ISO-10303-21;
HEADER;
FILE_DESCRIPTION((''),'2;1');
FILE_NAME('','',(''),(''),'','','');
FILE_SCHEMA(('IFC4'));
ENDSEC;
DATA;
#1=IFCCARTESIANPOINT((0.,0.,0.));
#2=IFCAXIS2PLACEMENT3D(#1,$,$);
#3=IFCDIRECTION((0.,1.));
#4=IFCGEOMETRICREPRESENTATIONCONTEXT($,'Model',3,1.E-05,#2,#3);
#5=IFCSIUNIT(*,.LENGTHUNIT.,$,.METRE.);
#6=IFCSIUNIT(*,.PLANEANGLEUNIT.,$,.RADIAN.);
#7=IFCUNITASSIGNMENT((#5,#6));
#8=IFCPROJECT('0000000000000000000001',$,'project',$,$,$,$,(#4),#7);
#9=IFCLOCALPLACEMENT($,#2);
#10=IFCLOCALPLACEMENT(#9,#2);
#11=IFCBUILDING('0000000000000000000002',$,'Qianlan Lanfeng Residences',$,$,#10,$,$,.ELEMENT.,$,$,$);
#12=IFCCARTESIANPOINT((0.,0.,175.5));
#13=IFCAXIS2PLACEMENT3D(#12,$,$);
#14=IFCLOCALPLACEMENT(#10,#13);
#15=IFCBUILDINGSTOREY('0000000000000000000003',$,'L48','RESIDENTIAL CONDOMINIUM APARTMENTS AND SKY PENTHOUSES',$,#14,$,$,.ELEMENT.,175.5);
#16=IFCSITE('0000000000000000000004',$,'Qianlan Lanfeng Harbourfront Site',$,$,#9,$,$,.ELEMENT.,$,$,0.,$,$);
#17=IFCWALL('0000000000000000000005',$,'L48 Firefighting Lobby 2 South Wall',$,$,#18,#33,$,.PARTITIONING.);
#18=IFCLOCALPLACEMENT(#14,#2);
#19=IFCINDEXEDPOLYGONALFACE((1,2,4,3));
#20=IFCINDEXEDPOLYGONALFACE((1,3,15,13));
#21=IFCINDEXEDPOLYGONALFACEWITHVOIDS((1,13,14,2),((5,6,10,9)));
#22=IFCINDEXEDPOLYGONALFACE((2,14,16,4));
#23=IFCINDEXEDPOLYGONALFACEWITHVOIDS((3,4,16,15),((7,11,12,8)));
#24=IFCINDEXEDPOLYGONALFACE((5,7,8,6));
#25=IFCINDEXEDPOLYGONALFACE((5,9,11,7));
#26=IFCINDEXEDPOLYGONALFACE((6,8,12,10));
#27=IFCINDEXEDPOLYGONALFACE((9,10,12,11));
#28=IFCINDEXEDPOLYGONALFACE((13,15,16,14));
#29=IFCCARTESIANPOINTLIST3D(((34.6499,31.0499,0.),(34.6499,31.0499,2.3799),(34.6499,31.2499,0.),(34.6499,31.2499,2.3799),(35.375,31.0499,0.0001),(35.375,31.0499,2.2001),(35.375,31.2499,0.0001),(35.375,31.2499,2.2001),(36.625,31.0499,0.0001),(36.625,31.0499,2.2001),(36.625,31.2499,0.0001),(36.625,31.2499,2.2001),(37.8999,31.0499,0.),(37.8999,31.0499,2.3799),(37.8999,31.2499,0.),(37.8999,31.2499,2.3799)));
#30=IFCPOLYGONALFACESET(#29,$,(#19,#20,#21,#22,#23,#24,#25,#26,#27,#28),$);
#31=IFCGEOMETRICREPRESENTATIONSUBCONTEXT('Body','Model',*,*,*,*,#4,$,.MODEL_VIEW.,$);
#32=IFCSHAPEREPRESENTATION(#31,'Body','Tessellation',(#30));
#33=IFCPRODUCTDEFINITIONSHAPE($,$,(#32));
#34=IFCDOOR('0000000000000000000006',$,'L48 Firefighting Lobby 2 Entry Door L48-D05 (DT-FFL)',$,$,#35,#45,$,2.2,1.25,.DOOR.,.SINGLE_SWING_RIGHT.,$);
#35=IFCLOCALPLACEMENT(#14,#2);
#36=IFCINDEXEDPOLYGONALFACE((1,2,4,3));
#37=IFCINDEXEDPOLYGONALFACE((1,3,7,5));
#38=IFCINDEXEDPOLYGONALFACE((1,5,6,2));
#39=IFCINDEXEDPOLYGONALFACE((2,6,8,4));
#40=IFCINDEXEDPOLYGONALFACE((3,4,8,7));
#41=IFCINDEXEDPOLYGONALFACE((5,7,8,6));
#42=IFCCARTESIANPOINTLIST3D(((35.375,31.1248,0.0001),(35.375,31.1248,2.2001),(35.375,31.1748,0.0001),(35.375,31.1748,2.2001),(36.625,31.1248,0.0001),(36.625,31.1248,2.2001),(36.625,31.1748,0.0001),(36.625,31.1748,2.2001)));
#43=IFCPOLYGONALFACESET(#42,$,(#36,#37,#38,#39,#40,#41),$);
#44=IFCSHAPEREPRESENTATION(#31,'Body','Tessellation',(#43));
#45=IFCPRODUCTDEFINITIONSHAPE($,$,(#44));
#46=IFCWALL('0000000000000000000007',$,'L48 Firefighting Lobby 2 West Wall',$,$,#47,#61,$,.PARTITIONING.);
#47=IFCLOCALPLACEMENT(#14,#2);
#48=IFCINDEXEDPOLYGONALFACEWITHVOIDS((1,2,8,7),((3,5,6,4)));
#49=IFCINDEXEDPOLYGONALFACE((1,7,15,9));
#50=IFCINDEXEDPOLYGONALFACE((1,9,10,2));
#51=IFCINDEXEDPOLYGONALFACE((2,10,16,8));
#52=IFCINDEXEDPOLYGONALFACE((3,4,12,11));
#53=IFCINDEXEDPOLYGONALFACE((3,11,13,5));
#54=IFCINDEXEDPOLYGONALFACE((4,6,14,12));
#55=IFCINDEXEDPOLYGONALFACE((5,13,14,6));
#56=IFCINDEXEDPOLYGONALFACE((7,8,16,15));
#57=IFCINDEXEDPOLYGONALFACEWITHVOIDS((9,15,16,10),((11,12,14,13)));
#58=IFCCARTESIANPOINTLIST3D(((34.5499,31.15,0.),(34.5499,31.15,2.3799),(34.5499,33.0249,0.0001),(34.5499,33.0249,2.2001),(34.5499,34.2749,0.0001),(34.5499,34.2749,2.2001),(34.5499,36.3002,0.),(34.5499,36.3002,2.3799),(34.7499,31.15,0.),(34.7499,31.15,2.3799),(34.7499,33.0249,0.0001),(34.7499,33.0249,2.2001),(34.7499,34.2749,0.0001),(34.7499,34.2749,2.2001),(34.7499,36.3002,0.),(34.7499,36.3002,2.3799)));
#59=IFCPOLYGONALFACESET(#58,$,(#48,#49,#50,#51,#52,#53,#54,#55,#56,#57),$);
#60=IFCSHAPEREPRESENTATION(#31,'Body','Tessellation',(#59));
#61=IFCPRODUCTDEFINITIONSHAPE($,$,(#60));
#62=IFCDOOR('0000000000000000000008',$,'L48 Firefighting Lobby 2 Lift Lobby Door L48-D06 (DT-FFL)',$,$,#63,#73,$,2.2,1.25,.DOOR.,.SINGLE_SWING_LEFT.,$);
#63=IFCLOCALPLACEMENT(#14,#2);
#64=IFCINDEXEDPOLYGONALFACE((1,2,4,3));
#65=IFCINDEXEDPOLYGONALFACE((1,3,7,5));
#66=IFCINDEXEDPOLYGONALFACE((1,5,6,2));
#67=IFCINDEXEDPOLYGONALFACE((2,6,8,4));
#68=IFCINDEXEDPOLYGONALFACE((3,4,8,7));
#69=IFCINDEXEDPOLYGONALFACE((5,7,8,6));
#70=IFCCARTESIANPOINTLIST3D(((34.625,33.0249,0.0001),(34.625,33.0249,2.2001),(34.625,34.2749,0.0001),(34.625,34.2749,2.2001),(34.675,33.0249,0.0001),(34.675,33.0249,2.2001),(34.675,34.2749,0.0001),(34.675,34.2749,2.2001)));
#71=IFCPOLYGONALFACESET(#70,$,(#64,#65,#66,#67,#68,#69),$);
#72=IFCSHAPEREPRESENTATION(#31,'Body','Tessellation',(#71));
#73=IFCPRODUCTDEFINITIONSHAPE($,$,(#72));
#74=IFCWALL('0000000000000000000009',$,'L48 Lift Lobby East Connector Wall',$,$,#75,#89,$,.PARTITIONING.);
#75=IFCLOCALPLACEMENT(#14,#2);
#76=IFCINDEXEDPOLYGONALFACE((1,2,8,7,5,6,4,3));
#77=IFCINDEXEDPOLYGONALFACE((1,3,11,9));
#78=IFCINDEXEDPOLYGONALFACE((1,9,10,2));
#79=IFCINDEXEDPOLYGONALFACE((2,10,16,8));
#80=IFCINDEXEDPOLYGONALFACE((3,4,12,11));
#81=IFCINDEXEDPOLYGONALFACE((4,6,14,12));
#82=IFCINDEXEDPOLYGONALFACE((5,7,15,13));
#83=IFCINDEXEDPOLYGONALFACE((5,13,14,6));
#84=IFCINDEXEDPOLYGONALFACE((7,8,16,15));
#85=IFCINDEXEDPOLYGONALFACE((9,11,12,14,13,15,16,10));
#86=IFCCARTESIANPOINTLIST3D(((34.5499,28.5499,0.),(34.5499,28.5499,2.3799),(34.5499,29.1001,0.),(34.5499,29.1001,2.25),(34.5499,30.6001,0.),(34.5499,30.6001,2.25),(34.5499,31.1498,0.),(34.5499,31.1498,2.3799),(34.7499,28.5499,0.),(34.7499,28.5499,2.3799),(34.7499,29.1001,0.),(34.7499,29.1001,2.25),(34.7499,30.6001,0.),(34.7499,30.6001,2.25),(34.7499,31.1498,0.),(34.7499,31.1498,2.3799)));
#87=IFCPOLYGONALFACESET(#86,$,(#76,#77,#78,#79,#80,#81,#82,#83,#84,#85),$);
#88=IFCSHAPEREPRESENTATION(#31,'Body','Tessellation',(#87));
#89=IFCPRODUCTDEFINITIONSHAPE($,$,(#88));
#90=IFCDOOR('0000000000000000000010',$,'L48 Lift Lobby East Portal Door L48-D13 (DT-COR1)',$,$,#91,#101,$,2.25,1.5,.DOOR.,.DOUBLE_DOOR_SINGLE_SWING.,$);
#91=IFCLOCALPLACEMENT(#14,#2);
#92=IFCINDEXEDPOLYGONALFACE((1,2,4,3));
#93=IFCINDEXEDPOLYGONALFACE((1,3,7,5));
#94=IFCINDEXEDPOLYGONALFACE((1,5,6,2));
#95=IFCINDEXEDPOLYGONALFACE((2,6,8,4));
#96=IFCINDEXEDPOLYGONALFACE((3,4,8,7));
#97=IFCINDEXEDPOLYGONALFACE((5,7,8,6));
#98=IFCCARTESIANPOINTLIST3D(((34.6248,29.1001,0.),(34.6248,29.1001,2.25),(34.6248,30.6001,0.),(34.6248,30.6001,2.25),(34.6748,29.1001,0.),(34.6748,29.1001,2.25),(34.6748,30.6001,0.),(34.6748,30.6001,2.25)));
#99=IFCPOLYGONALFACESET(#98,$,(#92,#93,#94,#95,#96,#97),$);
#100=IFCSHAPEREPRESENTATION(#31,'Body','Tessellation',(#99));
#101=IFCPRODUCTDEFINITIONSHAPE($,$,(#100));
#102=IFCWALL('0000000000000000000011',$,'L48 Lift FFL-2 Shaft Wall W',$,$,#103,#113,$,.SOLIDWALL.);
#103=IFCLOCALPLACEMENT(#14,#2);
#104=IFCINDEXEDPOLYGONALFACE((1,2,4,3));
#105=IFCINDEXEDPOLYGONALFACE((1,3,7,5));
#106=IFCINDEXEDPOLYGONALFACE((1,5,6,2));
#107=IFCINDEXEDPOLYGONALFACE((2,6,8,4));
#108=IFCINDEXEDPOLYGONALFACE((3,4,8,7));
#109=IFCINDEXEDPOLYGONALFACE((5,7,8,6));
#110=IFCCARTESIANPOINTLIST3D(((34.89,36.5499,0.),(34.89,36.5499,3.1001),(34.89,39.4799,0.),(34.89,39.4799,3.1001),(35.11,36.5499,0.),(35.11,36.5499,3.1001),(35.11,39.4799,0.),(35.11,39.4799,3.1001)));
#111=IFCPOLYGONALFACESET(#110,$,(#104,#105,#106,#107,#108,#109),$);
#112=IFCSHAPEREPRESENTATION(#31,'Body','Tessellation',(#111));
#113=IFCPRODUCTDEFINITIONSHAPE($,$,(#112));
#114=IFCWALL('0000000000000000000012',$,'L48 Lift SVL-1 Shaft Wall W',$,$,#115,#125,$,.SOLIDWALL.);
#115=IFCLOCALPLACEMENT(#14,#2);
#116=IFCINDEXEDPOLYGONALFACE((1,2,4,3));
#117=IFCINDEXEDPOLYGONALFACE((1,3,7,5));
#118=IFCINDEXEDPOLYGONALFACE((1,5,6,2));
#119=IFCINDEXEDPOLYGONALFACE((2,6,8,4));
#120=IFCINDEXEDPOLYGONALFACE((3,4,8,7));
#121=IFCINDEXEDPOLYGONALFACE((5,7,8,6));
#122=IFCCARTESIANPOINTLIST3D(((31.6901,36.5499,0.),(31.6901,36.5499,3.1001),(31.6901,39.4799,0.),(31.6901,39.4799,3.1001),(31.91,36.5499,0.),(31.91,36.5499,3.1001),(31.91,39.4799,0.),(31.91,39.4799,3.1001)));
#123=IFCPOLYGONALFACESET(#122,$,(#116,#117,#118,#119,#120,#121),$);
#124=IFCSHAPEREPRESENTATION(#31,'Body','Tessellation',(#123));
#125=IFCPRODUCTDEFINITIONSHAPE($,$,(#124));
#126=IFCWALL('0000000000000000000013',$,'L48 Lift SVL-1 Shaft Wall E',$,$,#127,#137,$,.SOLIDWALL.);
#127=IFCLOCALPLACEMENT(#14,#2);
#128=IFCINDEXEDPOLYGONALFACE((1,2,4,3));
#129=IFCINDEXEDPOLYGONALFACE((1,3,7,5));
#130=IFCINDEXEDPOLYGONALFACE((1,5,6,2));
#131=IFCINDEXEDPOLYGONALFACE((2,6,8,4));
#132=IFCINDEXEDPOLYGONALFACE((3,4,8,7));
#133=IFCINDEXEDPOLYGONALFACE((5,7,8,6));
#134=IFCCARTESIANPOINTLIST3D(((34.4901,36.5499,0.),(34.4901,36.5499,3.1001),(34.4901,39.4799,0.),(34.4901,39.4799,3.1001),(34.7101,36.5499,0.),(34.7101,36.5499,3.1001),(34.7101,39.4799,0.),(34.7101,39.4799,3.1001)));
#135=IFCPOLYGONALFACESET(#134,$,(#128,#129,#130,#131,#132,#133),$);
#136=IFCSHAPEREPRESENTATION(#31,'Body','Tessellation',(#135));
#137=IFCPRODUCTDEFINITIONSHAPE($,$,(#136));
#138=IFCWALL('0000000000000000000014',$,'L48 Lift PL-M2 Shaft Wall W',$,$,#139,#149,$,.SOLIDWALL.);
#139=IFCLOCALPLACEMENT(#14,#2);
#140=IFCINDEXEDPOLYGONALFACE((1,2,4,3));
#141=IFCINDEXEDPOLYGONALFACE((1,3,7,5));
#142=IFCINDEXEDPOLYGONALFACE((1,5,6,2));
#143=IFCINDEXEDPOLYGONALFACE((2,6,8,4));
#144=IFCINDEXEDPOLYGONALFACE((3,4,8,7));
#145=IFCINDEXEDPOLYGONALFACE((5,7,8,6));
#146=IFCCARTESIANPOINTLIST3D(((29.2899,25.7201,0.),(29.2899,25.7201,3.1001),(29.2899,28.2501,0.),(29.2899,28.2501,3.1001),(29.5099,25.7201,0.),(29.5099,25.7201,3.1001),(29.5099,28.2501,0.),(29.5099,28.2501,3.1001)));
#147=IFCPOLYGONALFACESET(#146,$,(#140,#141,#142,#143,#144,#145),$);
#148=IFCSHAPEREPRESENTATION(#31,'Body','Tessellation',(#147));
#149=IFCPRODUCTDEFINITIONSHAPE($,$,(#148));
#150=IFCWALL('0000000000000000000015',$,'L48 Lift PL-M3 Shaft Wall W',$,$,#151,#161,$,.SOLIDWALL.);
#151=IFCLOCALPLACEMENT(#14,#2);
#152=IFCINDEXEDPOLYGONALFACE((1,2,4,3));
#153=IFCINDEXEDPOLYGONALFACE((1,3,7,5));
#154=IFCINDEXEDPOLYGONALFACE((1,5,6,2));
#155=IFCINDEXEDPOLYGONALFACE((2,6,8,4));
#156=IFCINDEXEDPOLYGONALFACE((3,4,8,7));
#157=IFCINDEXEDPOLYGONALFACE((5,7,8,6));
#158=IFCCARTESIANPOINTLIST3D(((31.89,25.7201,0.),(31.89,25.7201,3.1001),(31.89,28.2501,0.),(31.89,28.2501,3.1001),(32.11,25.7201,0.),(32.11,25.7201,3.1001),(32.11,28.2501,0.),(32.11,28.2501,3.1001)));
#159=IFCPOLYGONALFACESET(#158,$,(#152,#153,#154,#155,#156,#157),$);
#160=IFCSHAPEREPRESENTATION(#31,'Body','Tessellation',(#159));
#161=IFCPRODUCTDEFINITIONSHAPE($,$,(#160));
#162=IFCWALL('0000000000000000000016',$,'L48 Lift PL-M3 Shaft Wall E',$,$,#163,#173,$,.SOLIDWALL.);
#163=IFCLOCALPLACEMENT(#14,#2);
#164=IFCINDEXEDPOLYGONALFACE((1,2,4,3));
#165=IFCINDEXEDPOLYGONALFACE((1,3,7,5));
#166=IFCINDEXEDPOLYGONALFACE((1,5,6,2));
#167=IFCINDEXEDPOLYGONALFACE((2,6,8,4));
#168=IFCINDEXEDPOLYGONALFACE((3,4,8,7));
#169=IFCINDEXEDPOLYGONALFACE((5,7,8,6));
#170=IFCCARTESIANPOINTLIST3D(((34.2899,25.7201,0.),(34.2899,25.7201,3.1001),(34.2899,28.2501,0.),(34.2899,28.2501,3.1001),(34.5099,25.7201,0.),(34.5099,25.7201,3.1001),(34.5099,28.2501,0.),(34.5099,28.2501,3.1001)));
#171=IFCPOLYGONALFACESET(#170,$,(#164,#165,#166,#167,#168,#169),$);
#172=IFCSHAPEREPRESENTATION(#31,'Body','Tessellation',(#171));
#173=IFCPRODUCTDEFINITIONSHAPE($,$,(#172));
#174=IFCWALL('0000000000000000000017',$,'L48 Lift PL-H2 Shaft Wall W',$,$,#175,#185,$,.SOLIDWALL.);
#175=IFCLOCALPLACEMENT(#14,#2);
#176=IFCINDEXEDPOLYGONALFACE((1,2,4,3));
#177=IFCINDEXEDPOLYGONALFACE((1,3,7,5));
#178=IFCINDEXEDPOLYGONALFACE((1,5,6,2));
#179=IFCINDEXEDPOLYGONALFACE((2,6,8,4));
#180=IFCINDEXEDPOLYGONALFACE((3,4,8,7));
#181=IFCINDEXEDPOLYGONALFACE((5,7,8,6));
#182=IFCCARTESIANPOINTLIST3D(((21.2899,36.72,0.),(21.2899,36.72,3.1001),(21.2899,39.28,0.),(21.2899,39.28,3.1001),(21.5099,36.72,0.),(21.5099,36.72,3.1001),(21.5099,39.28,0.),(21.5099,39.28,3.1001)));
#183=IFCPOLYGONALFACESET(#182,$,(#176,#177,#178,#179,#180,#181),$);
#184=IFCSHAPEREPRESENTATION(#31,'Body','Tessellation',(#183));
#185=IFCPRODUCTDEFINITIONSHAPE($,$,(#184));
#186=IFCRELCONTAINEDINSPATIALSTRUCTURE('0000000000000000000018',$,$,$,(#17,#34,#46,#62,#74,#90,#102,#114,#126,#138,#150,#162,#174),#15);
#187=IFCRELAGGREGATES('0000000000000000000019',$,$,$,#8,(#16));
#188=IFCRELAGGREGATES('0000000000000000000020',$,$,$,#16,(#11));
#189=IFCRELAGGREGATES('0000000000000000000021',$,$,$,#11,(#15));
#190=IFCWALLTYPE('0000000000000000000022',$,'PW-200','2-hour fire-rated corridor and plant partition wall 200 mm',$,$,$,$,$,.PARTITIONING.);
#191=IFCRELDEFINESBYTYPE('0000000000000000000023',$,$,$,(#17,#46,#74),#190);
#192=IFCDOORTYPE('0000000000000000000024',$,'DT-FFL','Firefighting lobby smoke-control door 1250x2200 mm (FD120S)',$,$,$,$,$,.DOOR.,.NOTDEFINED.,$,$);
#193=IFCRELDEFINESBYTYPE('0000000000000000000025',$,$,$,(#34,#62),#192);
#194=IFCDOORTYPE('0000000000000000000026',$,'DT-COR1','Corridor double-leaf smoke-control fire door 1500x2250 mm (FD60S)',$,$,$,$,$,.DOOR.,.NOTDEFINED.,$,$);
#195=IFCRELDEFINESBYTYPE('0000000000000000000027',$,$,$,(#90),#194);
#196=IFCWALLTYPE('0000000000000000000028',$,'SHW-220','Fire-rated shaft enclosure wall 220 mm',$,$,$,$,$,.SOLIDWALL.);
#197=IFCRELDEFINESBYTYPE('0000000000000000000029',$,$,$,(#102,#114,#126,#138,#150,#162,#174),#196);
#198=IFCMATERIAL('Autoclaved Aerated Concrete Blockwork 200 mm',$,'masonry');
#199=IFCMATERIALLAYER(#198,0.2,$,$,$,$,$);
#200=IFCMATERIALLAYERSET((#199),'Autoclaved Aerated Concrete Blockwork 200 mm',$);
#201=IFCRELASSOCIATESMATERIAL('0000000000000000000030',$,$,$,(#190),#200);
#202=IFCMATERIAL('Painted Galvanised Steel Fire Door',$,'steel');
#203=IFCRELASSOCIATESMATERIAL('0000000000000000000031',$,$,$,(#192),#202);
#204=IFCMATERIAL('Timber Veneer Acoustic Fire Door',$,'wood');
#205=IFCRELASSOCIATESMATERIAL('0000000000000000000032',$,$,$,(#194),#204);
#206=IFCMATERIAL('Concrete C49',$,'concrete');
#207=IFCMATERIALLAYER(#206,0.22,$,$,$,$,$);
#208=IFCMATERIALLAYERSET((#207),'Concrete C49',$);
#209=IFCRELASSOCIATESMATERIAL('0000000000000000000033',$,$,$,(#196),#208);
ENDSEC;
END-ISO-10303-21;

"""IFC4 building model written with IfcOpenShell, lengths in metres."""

from ifc_helpers import new_model, si_unit, direction, frame, frame_2d, origin, place, context, subcontext, project, spatial, rectangle, extrude, material, layer, layer_set, type_object, element, fill, save


model = new_model("IFC4")

# Units and contexts
model_context = context("Model", 3, precision=1e-05, world=origin(), true_north=direction((0.0, 1.0)))
body_context = subcontext(model_context, "Body", "Model", "MODEL_VIEW")
ifc_project = project(units=[si_unit("LENGTHUNIT", "METRE"), si_unit("PLANEANGLEUNIT", "RADIAN")], contexts=[model_context])

# Site, building, storey
site_placement = place(None, origin())
site = spatial("IfcSite", under=ifc_project, at=site_placement, Name="Qianlan Lanfeng Harbourfront Site", CompositionType="ELEMENT", RefElevation=0.0)
building_placement = place(site_placement, origin())
building = spatial("IfcBuilding", under=site, at=building_placement, Name="Qianlan Lanfeng Residences", CompositionType="ELEMENT")
storey_placement = place(building_placement, frame((0.0, 0.0, 175.5)))
storey = spatial("IfcBuildingStorey", under=building, at=storey_placement, Name="L48", Description="RESIDENTIAL CONDOMINIUM APARTMENTS AND SKY PENTHOUSES", CompositionType="ELEMENT", Elevation=175.5)

# Walls, openings, doors
ifc_material_1 = material(Name="Autoclaved Aerated Concrete Blockwork 200 mm", Category="masonry")
ifc_layer_1 = layer(ifc_material_1, 0.2)
ifc_layer_set_1 = layer_set([ifc_layer_1], Name="Autoclaved Aerated Concrete Blockwork 200 mm")
wall_type_1 = type_object("IfcWallType", Name="PW-200", Description="2-hour fire-rated corridor and plant partition wall 200 mm", PredefinedType="PARTITIONING", material=ifc_layer_set_1)
wall_1_placement = place(storey_placement, frame((34.6499, 31.1499, 0.0), z_axis=(0.0, 0.0, 1.0), x_axis=(1.0, 0.0, 0.0)))
wall_1 = element("IfcWall", 1, at=wall_1_placement, inside=storey, type_object=wall_type_1, Name="L48 Firefighting Lobby 2 South Wall", PredefinedType="PARTITIONING", context=body_context, shape_type="SweptSolid", body=[
    extrude(rectangle(XDim=3.25, YDim=0.2, at=frame_2d((1.625, 0.0))), origin(), (0.0, 0.0, 1.0), 2.3799),
])
opening_1_placement = place(wall_1_placement, frame((0.7251, 0.0, 0.0)))
opening_1 = element("IfcOpeningElement", 2, at=opening_1_placement, cuts=wall_1, PredefinedType="OPENING", context=body_context, shape_type="SweptSolid", body=[
    extrude(rectangle(XDim=1.25, YDim=2.2, at=frame_2d((0.625, 1.1001))), frame((0.0, 0.1099, 0.0), z_axis=(0.0, -1.0, 0.0), x_axis=(1.0, 0.0, 0.0)), (0.0, 0.0, 1.0), 0.22),
])
ifc_material_2 = material(Name="Painted Galvanised Steel Fire Door", Category="steel")
door_type_1 = type_object("IfcDoorType", Name="DT-FFL", Description="Firefighting lobby smoke-control door 1250x2200 mm (FD120S)", OperationType="NOTDEFINED", PredefinedType="DOOR", material=ifc_material_2)
door_1_placement = place(opening_1_placement, origin())
door_1 = element("IfcDoor", 3, at=door_1_placement, inside=storey, type_object=door_type_1, Name="L48 Firefighting Lobby 2 Entry Door L48-D05 (DT-FFL)", OperationType="SINGLE_SWING_RIGHT", OverallHeight=2.2, OverallWidth=1.25, PredefinedType="DOOR", context=body_context, shape_type="SweptSolid", body=[
    extrude(rectangle(XDim=1.25, YDim=2.2, at=frame_2d((0.625, 1.1001))), frame((0.0, 0.0249, 0.0), z_axis=(0.0, -1.0, 0.0), x_axis=(1.0, 0.0, 0.0)), (0.0, 0.0, 1.0), 0.05),
])
fill(opening_1, door_1)
wall_2_placement = place(storey_placement, frame((34.6499, 31.1499, 0.0), z_axis=(0.0, 0.0, 1.0), x_axis=(0.0, 1.0, 0.0)))
wall_2 = element("IfcWall", 4, at=wall_2_placement, inside=storey, type_object=wall_type_1, Name="L48 Firefighting Lobby 2 West Wall", PredefinedType="PARTITIONING", context=body_context, shape_type="SweptSolid", body=[
    extrude(rectangle(XDim=5.1501, YDim=0.2, at=frame_2d((2.5752, 0.0))), origin(), (0.0, 0.0, 1.0), 2.3799),
])
opening_2_placement = place(wall_2_placement, frame((1.875, 0.0, 0.0)))
opening_2 = element("IfcOpeningElement", 5, at=opening_2_placement, cuts=wall_2, PredefinedType="OPENING", context=body_context, shape_type="SweptSolid", body=[
    extrude(rectangle(XDim=1.25, YDim=2.2, at=frame_2d((0.625, 1.1001))), frame((0.0, 0.1099, 0.0), z_axis=(0.0, -1.0, 0.0), x_axis=(1.0, 0.0, 0.0)), (0.0, 0.0, 1.0), 0.22),
])
door_2_placement = place(opening_2_placement, origin())
door_2 = element("IfcDoor", 6, at=door_2_placement, inside=storey, type_object=door_type_1, Name="L48 Firefighting Lobby 2 Lift Lobby Door L48-D06 (DT-FFL)", OperationType="SINGLE_SWING_LEFT", OverallHeight=2.2, OverallWidth=1.25, PredefinedType="DOOR", context=body_context, shape_type="SweptSolid", body=[
    extrude(rectangle(XDim=1.25, YDim=2.2, at=frame_2d((0.625, 1.1001))), frame((0.0, 0.0249, 0.0), z_axis=(0.0, -1.0, 0.0), x_axis=(1.0, 0.0, 0.0)), (0.0, 0.0, 1.0), 0.05),
])
fill(opening_2, door_2)
wall_3_placement = place(storey_placement, frame((34.6499, 28.55, 0.0), z_axis=(0.0, 0.0, 1.0), x_axis=(0.0, 1.0, 0.0)))
wall_3 = element("IfcWall", 7, at=wall_3_placement, inside=storey, type_object=wall_type_1, Name="L48 Lift Lobby East Connector Wall", PredefinedType="PARTITIONING", context=body_context, shape_type="SweptSolid", body=[
    extrude(rectangle(XDim=2.5999, YDim=0.2, at=frame_2d((1.2998, 0.0))), origin(), (0.0, 0.0, 1.0), 2.3799),
])
opening_3_placement = place(wall_3_placement, frame((0.55, 0.0, 0.0)))
opening_3 = element("IfcOpeningElement", 8, at=opening_3_placement, cuts=wall_3, PredefinedType="OPENING", context=body_context, shape_type="SweptSolid", body=[
    extrude(rectangle(XDim=1.5, YDim=2.25, at=frame_2d((0.75, 1.125))), frame((0.0, 0.1099, 0.0), z_axis=(0.0, -1.0, 0.0), x_axis=(1.0, 0.0, 0.0)), (0.0, 0.0, 1.0), 0.22),
])
ifc_material_3 = material(Name="Timber Veneer Acoustic Fire Door", Category="wood")
door_type_2 = type_object("IfcDoorType", Name="DT-COR1", Description="Corridor double-leaf smoke-control fire door 1500x2250 mm (FD60S)", OperationType="NOTDEFINED", PredefinedType="DOOR", material=ifc_material_3)
door_3_placement = place(opening_3_placement, frame((1.5, 0.0, 0.0), z_axis=(0.0, 0.0, 1.0), x_axis=(-1.0, 0.0, 0.0)))
door_3 = element("IfcDoor", 9, at=door_3_placement, inside=storey, type_object=door_type_2, Name="L48 Lift Lobby East Portal Door L48-D13 (DT-COR1)", OperationType="DOUBLE_DOOR_SINGLE_SWING", OverallHeight=2.25, OverallWidth=1.5, PredefinedType="DOOR", context=body_context, shape_type="SweptSolid", body=[
    extrude(rectangle(XDim=1.5, YDim=2.25, at=frame_2d((0.75, 1.125))), frame((0.0, 0.0249, 0.0), z_axis=(0.0, -1.0, 0.0), x_axis=(1.0, 0.0, 0.0)), (0.0, 0.0, 1.0), 0.05),
])
fill(opening_3, door_3)

# Walls
ifc_material_4 = material(Name="Concrete C49", Category="concrete")
ifc_layer_2 = layer(ifc_material_4, 0.22)
ifc_layer_set_2 = layer_set([ifc_layer_2], Name="Concrete C49")
wall_type_2 = type_object("IfcWallType", Name="SHW-220", Description="Fire-rated shaft enclosure wall 220 mm", PredefinedType="SOLIDWALL", material=ifc_layer_set_2)
for number, where, z_axis, x_axis, name in (
    (10, (35.0, 36.55, 0.0), (0.0, 0.0, 1.0), (0.0, 1.0, 0.0), "L48 Lift FFL-2 Shaft Wall W"),
    (11, (31.8, 36.55, 0.0), (0.0, 0.0, 1.0), (0.0, 1.0, 0.0), "L48 Lift SVL-1 Shaft Wall W"),
    (12, (34.6001, 36.55, 0.0), (0.0, 0.0, 1.0), (0.0, 1.0, 0.0), "L48 Lift SVL-1 Shaft Wall E"),
):
    element("IfcWall", number, at=place(storey_placement, frame(where, z_axis=z_axis, x_axis=x_axis)), inside=storey, type_object=wall_type_2, Name=name, PredefinedType="SOLIDWALL", context=body_context, shape_type="SweptSolid", body=[
        extrude(rectangle(XDim=2.9299, YDim=0.22, at=frame_2d((1.4648, 0.0))), origin(), (0.0, 0.0, 1.0), 3.1001),
    ])
for number, where, z_axis, x_axis, name in (
    (13, (29.3999, 25.72, 0.0), (0.0, 0.0, 1.0), (0.0, 1.0, 0.0), "L48 Lift PL-M2 Shaft Wall W"),
    (14, (32.0, 25.72, 0.0), (0.0, 0.0, 1.0), (0.0, 1.0, 0.0), "L48 Lift PL-M3 Shaft Wall W"),
    (15, (34.3999, 25.72, 0.0), (0.0, 0.0, 1.0), (0.0, 1.0, 0.0), "L48 Lift PL-M3 Shaft Wall E"),
):
    element("IfcWall", number, at=place(storey_placement, frame(where, z_axis=z_axis, x_axis=x_axis)), inside=storey, type_object=wall_type_2, Name=name, PredefinedType="SOLIDWALL", context=body_context, shape_type="SweptSolid", body=[
        extrude(rectangle(XDim=2.53, YDim=0.22, at=frame_2d((1.2651, 0.0))), origin(), (0.0, 0.0, 1.0), 3.1001),
    ])
for number, where, z_axis, x_axis, name in (
    (16, (21.3999, 36.72, 0.0), (0.0, 0.0, 1.0), (0.0, 1.0, 0.0), "L48 Lift PL-H2 Shaft Wall W"),
):
    element("IfcWall", number, at=place(storey_placement, frame(where, z_axis=z_axis, x_axis=x_axis)), inside=storey, type_object=wall_type_2, Name=name, PredefinedType="SOLIDWALL", context=body_context, shape_type="SweptSolid", body=[
        extrude(rectangle(XDim=2.5601, YDim=0.22, at=frame_2d((1.28, 0.0))), origin(), (0.0, 0.0, 1.0), 3.1001),
    ])

save(model, "model.ifc")
